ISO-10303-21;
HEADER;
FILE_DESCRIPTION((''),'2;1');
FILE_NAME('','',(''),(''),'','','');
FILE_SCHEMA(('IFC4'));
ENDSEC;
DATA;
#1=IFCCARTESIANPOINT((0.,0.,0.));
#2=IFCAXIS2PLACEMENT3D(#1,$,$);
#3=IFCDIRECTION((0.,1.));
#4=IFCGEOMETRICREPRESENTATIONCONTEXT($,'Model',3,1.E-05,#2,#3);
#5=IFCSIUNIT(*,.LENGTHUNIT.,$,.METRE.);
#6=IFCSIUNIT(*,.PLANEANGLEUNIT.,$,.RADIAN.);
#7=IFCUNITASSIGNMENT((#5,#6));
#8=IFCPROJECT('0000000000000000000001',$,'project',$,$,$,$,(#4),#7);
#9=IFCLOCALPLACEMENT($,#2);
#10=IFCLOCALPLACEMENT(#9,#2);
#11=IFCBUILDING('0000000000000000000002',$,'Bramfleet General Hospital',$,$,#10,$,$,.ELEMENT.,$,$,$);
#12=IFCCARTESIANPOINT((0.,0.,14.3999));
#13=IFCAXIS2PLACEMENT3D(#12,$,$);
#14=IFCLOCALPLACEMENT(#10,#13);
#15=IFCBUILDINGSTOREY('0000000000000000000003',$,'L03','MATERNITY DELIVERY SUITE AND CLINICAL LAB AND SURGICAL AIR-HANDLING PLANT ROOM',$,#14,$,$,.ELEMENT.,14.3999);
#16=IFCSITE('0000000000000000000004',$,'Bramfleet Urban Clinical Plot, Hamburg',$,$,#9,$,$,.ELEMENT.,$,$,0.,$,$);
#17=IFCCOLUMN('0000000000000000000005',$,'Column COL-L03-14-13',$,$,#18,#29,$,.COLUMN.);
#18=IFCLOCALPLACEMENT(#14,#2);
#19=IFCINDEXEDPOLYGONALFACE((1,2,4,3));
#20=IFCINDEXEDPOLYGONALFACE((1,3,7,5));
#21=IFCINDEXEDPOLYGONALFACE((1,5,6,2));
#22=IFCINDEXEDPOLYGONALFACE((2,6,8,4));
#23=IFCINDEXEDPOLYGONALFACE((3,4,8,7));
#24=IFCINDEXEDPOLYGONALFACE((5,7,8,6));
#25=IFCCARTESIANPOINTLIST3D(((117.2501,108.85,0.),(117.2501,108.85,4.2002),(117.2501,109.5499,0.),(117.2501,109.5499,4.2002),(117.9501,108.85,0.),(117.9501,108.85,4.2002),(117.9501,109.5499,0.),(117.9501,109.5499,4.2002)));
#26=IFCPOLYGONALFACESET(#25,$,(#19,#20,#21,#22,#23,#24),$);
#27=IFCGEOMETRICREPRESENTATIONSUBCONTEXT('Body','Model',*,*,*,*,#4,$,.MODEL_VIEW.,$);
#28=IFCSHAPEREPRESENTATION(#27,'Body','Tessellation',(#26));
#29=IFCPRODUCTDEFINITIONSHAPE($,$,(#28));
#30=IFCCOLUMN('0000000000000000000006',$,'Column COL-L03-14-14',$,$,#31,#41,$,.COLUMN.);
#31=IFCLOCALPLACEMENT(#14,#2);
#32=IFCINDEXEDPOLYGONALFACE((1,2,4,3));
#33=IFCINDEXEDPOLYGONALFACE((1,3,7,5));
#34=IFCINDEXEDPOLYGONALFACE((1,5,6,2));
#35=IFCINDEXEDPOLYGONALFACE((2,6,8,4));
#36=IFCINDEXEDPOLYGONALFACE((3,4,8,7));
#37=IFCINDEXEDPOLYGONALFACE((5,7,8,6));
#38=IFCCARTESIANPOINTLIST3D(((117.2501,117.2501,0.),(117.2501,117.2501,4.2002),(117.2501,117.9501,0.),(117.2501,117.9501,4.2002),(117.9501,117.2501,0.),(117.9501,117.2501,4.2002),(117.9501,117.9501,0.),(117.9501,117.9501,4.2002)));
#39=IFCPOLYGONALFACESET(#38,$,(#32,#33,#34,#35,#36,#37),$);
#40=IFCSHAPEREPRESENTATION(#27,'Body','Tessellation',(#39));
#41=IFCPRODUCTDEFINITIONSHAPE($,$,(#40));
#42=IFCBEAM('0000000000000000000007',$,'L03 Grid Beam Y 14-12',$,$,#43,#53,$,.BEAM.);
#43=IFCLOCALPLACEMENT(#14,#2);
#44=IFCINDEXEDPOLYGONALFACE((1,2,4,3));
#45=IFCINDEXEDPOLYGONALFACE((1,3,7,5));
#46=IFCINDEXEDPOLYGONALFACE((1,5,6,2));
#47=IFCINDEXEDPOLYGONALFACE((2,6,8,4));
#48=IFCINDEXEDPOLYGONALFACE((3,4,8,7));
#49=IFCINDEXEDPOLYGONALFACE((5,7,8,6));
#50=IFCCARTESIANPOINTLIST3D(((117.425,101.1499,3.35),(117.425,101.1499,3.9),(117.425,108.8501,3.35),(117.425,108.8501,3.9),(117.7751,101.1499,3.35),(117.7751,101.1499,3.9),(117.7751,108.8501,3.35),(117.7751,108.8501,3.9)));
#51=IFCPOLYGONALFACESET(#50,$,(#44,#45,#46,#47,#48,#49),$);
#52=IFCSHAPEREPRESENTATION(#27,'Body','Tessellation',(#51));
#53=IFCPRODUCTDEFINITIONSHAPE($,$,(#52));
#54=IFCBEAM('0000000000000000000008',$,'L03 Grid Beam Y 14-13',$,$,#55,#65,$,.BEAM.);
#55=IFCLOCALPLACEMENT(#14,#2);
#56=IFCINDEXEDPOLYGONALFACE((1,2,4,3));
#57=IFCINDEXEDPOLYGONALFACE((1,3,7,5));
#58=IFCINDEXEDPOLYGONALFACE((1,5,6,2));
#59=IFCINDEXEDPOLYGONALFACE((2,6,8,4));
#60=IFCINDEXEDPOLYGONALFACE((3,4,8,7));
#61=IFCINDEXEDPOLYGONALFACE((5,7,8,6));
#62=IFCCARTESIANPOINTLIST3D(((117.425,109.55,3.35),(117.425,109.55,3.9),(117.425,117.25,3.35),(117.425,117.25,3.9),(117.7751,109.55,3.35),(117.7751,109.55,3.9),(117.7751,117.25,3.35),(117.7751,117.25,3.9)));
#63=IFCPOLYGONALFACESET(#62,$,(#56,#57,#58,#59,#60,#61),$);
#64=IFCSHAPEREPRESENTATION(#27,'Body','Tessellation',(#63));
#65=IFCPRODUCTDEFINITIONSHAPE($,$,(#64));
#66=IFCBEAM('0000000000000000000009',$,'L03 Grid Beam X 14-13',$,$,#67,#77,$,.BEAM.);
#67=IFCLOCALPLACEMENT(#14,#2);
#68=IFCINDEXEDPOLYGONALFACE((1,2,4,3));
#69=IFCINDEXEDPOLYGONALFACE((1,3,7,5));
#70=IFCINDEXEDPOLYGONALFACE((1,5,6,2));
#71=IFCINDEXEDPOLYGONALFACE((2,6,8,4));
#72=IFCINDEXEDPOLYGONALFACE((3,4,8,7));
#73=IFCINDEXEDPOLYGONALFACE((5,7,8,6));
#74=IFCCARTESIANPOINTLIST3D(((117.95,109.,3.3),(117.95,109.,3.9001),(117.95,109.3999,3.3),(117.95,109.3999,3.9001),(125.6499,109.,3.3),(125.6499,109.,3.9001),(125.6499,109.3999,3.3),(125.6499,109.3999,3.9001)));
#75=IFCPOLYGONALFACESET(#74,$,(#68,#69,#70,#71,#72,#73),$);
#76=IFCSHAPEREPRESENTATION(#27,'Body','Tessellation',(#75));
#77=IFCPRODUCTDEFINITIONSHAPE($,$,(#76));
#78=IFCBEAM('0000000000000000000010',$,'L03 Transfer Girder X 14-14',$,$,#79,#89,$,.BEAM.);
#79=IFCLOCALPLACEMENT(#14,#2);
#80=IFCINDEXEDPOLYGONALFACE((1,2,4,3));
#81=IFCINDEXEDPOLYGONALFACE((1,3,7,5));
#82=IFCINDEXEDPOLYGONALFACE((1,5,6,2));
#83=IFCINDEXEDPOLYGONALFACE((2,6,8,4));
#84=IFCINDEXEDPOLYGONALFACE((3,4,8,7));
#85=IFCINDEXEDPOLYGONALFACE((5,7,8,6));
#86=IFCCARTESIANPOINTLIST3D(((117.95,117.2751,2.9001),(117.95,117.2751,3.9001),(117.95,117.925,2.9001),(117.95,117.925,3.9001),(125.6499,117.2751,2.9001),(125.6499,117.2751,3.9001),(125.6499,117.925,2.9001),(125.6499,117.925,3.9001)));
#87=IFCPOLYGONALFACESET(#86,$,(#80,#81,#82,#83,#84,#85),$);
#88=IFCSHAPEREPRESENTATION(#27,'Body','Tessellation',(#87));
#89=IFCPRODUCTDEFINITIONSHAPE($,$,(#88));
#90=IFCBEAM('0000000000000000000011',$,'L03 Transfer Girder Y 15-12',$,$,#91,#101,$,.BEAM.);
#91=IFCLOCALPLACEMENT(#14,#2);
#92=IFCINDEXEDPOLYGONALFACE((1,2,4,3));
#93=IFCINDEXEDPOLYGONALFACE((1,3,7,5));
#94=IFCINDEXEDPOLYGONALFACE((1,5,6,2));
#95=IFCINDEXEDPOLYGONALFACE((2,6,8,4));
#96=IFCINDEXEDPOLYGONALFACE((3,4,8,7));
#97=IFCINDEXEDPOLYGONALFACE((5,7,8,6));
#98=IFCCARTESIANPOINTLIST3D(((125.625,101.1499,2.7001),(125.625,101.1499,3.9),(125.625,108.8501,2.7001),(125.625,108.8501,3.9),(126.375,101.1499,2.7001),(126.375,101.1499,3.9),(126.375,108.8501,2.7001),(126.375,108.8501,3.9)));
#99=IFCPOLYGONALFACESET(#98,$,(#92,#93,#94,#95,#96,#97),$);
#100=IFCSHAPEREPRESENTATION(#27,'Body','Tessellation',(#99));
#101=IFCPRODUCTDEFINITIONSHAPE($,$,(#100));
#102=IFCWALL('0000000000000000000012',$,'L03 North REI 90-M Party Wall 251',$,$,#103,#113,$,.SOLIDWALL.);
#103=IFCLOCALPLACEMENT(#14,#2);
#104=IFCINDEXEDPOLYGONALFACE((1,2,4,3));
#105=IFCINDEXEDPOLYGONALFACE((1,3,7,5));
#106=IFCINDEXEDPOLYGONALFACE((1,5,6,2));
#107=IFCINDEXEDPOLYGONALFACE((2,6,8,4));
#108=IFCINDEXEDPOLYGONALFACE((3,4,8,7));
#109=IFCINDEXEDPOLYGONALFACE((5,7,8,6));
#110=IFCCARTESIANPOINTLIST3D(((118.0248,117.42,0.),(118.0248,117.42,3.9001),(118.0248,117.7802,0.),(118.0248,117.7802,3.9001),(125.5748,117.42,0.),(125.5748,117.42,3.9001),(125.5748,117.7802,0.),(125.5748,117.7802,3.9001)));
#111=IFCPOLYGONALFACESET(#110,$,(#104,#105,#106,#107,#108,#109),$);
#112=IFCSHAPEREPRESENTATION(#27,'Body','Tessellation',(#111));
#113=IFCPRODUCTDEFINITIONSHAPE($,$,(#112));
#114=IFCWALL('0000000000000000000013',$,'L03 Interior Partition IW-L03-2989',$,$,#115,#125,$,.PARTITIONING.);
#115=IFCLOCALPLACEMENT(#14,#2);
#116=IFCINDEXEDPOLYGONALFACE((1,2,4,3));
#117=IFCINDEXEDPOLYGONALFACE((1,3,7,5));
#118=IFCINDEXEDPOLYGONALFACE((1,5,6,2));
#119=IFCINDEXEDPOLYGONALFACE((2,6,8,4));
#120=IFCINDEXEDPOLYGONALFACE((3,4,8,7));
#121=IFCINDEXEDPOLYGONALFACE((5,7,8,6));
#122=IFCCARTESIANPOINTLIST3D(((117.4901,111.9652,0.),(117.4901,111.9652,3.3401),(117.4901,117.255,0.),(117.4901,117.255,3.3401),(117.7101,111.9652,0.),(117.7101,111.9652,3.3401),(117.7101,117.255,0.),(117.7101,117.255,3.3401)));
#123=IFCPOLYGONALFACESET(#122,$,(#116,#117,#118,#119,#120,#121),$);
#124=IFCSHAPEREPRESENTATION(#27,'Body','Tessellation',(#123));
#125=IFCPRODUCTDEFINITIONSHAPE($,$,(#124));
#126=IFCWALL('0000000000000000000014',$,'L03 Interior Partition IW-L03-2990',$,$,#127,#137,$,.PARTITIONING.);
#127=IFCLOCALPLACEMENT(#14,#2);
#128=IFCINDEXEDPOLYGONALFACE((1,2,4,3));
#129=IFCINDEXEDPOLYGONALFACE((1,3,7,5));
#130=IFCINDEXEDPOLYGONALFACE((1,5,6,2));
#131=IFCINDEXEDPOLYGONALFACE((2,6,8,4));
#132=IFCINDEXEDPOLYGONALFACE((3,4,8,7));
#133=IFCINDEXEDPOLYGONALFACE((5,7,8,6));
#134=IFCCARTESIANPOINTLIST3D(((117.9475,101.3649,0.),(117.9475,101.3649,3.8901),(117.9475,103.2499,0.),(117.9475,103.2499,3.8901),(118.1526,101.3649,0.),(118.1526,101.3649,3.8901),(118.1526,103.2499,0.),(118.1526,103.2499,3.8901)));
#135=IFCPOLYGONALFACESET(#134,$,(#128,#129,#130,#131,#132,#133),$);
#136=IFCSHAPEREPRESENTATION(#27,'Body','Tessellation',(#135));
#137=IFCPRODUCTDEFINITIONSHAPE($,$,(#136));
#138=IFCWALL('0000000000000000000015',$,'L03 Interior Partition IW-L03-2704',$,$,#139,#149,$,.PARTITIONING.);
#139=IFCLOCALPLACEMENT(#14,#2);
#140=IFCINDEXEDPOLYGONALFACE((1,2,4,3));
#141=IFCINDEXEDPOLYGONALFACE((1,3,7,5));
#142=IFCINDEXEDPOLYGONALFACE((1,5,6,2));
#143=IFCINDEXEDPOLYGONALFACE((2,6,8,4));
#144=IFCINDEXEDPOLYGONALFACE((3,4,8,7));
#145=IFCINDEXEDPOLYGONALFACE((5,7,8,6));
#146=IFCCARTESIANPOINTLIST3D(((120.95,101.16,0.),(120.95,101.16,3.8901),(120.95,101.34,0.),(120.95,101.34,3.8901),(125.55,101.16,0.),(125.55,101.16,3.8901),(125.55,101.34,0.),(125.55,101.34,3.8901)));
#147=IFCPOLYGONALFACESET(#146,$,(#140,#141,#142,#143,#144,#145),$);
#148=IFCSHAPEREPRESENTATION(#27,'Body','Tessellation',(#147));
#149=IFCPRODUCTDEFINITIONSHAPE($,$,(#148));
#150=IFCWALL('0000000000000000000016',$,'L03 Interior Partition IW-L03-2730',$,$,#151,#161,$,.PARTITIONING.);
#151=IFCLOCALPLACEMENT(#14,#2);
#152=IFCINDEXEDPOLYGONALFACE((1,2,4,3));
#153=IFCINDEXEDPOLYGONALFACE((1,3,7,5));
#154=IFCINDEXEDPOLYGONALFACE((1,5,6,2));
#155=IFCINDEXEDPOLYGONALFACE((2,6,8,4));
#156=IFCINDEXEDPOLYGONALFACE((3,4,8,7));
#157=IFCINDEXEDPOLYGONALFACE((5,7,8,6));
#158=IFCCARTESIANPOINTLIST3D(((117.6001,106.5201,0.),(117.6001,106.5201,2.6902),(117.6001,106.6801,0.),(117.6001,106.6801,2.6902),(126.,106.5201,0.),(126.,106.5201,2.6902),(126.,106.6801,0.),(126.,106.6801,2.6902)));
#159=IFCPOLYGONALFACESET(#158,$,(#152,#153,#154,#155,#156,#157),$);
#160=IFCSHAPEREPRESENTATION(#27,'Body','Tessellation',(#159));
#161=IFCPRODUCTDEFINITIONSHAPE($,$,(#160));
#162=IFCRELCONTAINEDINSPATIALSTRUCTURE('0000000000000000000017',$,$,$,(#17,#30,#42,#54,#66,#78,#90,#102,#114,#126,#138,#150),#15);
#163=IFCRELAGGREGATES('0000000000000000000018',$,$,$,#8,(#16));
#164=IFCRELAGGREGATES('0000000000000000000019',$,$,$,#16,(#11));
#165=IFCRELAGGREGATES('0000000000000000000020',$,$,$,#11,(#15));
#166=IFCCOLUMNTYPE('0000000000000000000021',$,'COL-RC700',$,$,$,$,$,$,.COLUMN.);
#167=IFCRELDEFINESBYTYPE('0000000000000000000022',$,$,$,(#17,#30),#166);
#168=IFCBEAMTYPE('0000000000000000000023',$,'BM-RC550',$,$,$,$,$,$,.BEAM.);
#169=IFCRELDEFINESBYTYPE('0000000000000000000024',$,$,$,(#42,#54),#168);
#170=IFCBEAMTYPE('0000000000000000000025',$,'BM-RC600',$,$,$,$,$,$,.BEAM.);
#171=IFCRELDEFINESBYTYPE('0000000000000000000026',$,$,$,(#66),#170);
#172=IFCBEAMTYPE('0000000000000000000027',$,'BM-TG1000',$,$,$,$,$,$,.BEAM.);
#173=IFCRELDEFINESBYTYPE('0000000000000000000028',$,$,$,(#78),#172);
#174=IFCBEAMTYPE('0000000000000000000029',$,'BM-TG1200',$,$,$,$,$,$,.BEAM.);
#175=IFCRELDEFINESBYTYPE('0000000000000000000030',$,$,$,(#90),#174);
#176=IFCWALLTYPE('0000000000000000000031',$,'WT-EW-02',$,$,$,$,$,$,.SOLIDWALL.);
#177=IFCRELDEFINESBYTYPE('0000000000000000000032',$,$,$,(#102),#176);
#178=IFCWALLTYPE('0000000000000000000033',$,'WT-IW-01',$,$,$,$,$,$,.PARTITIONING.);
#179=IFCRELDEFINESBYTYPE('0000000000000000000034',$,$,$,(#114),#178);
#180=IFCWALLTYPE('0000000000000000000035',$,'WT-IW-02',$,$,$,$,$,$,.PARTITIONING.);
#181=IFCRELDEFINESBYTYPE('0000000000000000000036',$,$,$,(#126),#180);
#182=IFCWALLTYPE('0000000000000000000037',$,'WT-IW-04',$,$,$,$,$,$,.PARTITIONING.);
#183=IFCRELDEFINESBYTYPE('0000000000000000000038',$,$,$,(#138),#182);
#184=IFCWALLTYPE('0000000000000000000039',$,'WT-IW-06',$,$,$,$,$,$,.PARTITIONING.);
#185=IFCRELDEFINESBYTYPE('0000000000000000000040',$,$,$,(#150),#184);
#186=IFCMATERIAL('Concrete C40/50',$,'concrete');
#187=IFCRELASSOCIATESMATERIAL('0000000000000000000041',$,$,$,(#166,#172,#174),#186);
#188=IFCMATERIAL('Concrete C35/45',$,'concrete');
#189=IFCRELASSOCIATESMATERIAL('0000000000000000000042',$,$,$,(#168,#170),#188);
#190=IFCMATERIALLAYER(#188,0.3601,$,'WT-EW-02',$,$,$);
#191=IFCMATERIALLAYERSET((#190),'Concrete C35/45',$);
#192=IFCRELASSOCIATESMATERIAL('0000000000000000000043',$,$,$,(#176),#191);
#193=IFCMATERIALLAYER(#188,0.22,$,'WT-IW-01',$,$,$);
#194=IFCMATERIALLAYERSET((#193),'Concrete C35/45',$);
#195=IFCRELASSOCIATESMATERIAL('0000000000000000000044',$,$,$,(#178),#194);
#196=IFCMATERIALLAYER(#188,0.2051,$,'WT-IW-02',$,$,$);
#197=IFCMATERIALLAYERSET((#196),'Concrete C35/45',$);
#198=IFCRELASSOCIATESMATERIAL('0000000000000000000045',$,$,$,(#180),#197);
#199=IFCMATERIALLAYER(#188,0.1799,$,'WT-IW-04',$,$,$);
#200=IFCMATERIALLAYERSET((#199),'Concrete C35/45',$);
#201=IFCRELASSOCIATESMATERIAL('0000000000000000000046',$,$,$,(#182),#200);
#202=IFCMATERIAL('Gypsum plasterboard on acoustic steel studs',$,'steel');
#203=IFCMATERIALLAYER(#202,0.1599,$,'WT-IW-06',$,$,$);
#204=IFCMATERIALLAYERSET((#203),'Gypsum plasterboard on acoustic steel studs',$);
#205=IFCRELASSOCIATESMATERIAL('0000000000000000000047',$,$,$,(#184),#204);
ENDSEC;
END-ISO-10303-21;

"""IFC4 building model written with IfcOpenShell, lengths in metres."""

from ifc_helpers import new_model, si_unit, direction, frame, frame_2d, origin, origin_2d, place, context, subcontext, project, spatial, rectangle, extrude, material, layer, layer_set, material_profile, profile_set, type_object, element, save


model = new_model("IFC4")

# Units and contexts
model_context = context("Model", 3, precision=1e-05, world=origin(), true_north=direction((0.0, 1.0)))
body_context = subcontext(model_context, "Body", "Model", "MODEL_VIEW")
ifc_project = project(units=[si_unit("LENGTHUNIT", "METRE"), si_unit("PLANEANGLEUNIT", "RADIAN")], contexts=[model_context])

# Site, building, storey
site_placement = place(None, origin())
site = spatial("IfcSite", under=ifc_project, at=site_placement, Name="Bramfleet Urban Clinical Plot, Hamburg", CompositionType="ELEMENT", RefElevation=0.0)
building_placement = place(site_placement, origin())
building = spatial("IfcBuilding", under=site, at=building_placement, Name="Bramfleet General Hospital", CompositionType="ELEMENT")
storey_placement = place(building_placement, frame((0.0, 0.0, 14.3999)))
storey = spatial("IfcBuildingStorey", under=building, at=storey_placement, Name="L03", Description="MATERNITY DELIVERY SUITE AND CLINICAL LAB AND SURGICAL AIR-HANDLING PLANT ROOM", CompositionType="ELEMENT", Elevation=14.3999)

# Columns
ifc_material_1 = material(Name="Concrete C40/50", Category="concrete")
ifc_material_profile_1 = material_profile(ifc_material_1, rectangle(XDim=0.7, YDim=0.7, at=origin_2d()), Name="RC COL 700x700")
ifc_profile_set_1 = profile_set([ifc_material_profile_1], Name="Concrete C40/50")
column_type = type_object("IfcColumnType", Name="COL-RC700", PredefinedType="COLUMN", material=ifc_profile_set_1)
for number, where, z_axis, x_axis, name in (
    (1, (117.6001, 109.2, 0.0), (0.0, 0.0, 1.0), (1.0, 0.0, 0.0), "Column COL-L03-14-13"),
    (2, (117.6001, 117.6001, 0.0), (0.0, 0.0, 1.0), (1.0, 0.0, 0.0), "Column COL-L03-14-14"),
):
    element("IfcColumn", number, at=place(storey_placement, frame(where, z_axis=z_axis, x_axis=x_axis)), inside=storey, type_object=column_type, Name=name, PredefinedType="COLUMN", context=body_context, shape_type="SweptSolid", body=[
        extrude(rectangle(XDim=0.7, YDim=0.7, at=origin_2d()), origin(), (0.0, 0.0, 1.0), 4.2002),
    ])

# Beams
ifc_material_2 = material(Name="Concrete C35/45", Category="concrete")
ifc_material_profile_2 = material_profile(ifc_material_2, rectangle(XDim=0.3501, YDim=0.55, at=origin_2d()), Name="RC BM 550x350")
ifc_profile_set_2 = profile_set([ifc_material_profile_2], Name="Concrete C35/45")
beam_type_1 = type_object("IfcBeamType", Name="BM-RC550", PredefinedType="BEAM", material=ifc_profile_set_2)
beam_1_placement = place(storey_placement, frame((117.6001, 101.1499, 3.625), z_axis=(0.0, 1.0, 0.0), x_axis=(-1.0, 0.0, 0.0)))
element("IfcBeam", 3, at=beam_1_placement, inside=storey, type_object=beam_type_1, Name="L03 Grid Beam Y 14-12", PredefinedType="BEAM", context=body_context, shape_type="SweptSolid", body=[
    extrude(rectangle(XDim=0.3501, YDim=0.55, at=origin_2d()), origin(), (0.0, 0.0, 1.0), 7.7002),
])
beam_2_placement = place(storey_placement, frame((117.6001, 109.55, 3.625), z_axis=(0.0, 1.0, 0.0), x_axis=(-1.0, 0.0, 0.0)))
element("IfcBeam", 4, at=beam_2_placement, inside=storey, type_object=beam_type_1, Name="L03 Grid Beam Y 14-13", PredefinedType="BEAM", context=body_context, shape_type="SweptSolid", body=[
    extrude(rectangle(XDim=0.3501, YDim=0.55, at=origin_2d()), origin(), (0.0, 0.0, 1.0), 7.7),
])
ifc_material_profile_3 = material_profile(ifc_material_2, rectangle(XDim=0.3999, YDim=0.6001, at=origin_2d()), Name="RC BM 600x400")
ifc_profile_set_3 = profile_set([ifc_material_profile_3], Name="Concrete C35/45")
beam_type_2 = type_object("IfcBeamType", Name="BM-RC600", PredefinedType="BEAM", material=ifc_profile_set_3)
beam_3_placement = place(storey_placement, frame((117.95, 109.2, 3.6001), z_axis=(1.0, 0.0, 0.0), x_axis=(0.0, 1.0, 0.0)))
element("IfcBeam", 5, at=beam_3_placement, inside=storey, type_object=beam_type_2, Name="L03 Grid Beam X 14-13", PredefinedType="BEAM", context=body_context, shape_type="SweptSolid", body=[
    extrude(rectangle(XDim=0.3999, YDim=0.6001, at=origin_2d()), origin(), (0.0, 0.0, 1.0), 7.7),
])
ifc_material_profile_4 = material_profile(ifc_material_1, rectangle(XDim=0.6499, YDim=1.0, at=origin_2d()), Name="RC TG 1000x650")
ifc_profile_set_4 = profile_set([ifc_material_profile_4], Name="Concrete C40/50")
beam_type_3 = type_object("IfcBeamType", Name="BM-TG1000", PredefinedType="BEAM", material=ifc_profile_set_4)
beam_4_placement = place(storey_placement, frame((117.95, 117.6001, 3.4001), z_axis=(1.0, 0.0, 0.0), x_axis=(0.0, 1.0, 0.0)))
element("IfcBeam", 6, at=beam_4_placement, inside=storey, type_object=beam_type_3, Name="L03 Transfer Girder X 14-14", PredefinedType="BEAM", context=body_context, shape_type="SweptSolid", body=[
    extrude(rectangle(XDim=0.6499, YDim=1.0, at=origin_2d()), origin(), (0.0, 0.0, 1.0), 7.7),
])
ifc_material_profile_5 = material_profile(ifc_material_1, rectangle(XDim=0.75, YDim=1.2, at=origin_2d()), Name="RC TG 1200x750")
ifc_profile_set_5 = profile_set([ifc_material_profile_5], Name="Concrete C40/50")
beam_type_4 = type_object("IfcBeamType", Name="BM-TG1200", PredefinedType="BEAM", material=ifc_profile_set_5)
beam_5_placement = place(storey_placement, frame((126.0, 101.1499, 3.3), z_axis=(0.0, 1.0, 0.0), x_axis=(-1.0, 0.0, 0.0)))
element("IfcBeam", 7, at=beam_5_placement, inside=storey, type_object=beam_type_4, Name="L03 Transfer Girder Y 15-12", PredefinedType="BEAM", context=body_context, shape_type="SweptSolid", body=[
    extrude(rectangle(XDim=0.75, YDim=1.2, at=origin_2d()), origin(), (0.0, 0.0, 1.0), 7.7002),
])

# Walls
ifc_layer_1 = layer(ifc_material_2, 0.3601, Name="WT-EW-02")
ifc_layer_set_1 = layer_set([ifc_layer_1], Name="Concrete C35/45")
wall_type_1 = type_object("IfcWallType", Name="WT-EW-02", PredefinedType="SOLIDWALL", material=ifc_layer_set_1)
wall_1_placement = place(storey_placement, frame((118.0249, 117.6001, 0.0), z_axis=(0.0, 0.0, 1.0), x_axis=(1.0, 0.0, 0.0)))
element("IfcWall", 8, at=wall_1_placement, inside=storey, type_object=wall_type_1, Name="L03 North REI 90-M Party Wall 251", PredefinedType="SOLIDWALL", context=body_context, shape_type="SweptSolid", body=[
    extrude(rectangle(XDim=7.55, YDim=0.3601, at=frame_2d((3.7749, 0.0))), origin(), (0.0, 0.0, 1.0), 3.9001),
])
ifc_layer_2 = layer(ifc_material_2, 0.22, Name="WT-IW-01")
ifc_layer_set_2 = layer_set([ifc_layer_2], Name="Concrete C35/45")
wall_type_2 = type_object("IfcWallType", Name="WT-IW-01", PredefinedType="PARTITIONING", material=ifc_layer_set_2)
wall_2_placement = place(storey_placement, frame((117.6001, 111.9651, 0.0), z_axis=(0.0, 0.0, 1.0), x_axis=(0.0, 1.0, 0.0)))
element("IfcWall", 9, at=wall_2_placement, inside=storey, type_object=wall_type_2, Name="L03 Interior Partition IW-L03-2989", PredefinedType="PARTITIONING", context=body_context, shape_type="SweptSolid", body=[
    extrude(rectangle(XDim=5.2898, YDim=0.22, at=frame_2d((2.645, 0.0))), origin(), (0.0, 0.0, 1.0), 3.3401),
])
ifc_layer_3 = layer(ifc_material_2, 0.2051, Name="WT-IW-02")
ifc_layer_set_3 = layer_set([ifc_layer_3], Name="Concrete C35/45")
wall_type_3 = type_object("IfcWallType", Name="WT-IW-02", PredefinedType="PARTITIONING", material=ifc_layer_set_3)
wall_3_placement = place(storey_placement, frame((118.05, 101.365, 0.0), z_axis=(0.0, 0.0, 1.0), x_axis=(0.0, 1.0, 0.0)))
element("IfcWall", 10, at=wall_3_placement, inside=storey, type_object=wall_type_3, Name="L03 Interior Partition IW-L03-2990", PredefinedType="PARTITIONING", context=body_context, shape_type="SweptSolid", body=[
    extrude(rectangle(XDim=1.885, YDim=0.2051, at=frame_2d((0.9424, 0.0))), origin(), (0.0, 0.0, 1.0), 3.8901),
])
ifc_layer_4 = layer(ifc_material_2, 0.1799, Name="WT-IW-04")
ifc_layer_set_4 = layer_set([ifc_layer_4], Name="Concrete C35/45")
wall_type_4 = type_object("IfcWallType", Name="WT-IW-04", PredefinedType="PARTITIONING", material=ifc_layer_set_4)
wall_4_placement = place(storey_placement, frame((120.95, 101.25, 0.0), z_axis=(0.0, 0.0, 1.0), x_axis=(1.0, 0.0, 0.0)))
element("IfcWall", 11, at=wall_4_placement, inside=storey, type_object=wall_type_4, Name="L03 Interior Partition IW-L03-2704", PredefinedType="PARTITIONING", context=body_context, shape_type="SweptSolid", body=[
    extrude(rectangle(XDim=4.6001, YDim=0.1799, at=frame_2d((2.3, 0.0))), origin(), (0.0, 0.0, 1.0), 3.8901),
])
ifc_material_3 = material(Name="Gypsum plasterboard on acoustic steel studs", Category="steel")
ifc_layer_5 = layer(ifc_material_3, 0.1599, Name="WT-IW-06")
ifc_layer_set_5 = layer_set([ifc_layer_5], Name="Gypsum plasterboard on acoustic steel studs")
wall_type_5 = type_object("IfcWallType", Name="WT-IW-06", PredefinedType="PARTITIONING", material=ifc_layer_set_5)
wall_5_placement = place(storey_placement, frame((117.6001, 106.6001, 0.0), z_axis=(0.0, 0.0, 1.0), x_axis=(1.0, 0.0, 0.0)))
element("IfcWall", 12, at=wall_5_placement, inside=storey, type_object=wall_type_5, Name="L03 Interior Partition IW-L03-2730", PredefinedType="PARTITIONING", context=body_context, shape_type="SweptSolid", body=[
    extrude(rectangle(XDim=8.3999, YDim=0.1599, at=frame_2d((4.2, 0.0))), origin(), (0.0, 0.0, 1.0), 2.6902),
])

save(model, "model.ifc")
